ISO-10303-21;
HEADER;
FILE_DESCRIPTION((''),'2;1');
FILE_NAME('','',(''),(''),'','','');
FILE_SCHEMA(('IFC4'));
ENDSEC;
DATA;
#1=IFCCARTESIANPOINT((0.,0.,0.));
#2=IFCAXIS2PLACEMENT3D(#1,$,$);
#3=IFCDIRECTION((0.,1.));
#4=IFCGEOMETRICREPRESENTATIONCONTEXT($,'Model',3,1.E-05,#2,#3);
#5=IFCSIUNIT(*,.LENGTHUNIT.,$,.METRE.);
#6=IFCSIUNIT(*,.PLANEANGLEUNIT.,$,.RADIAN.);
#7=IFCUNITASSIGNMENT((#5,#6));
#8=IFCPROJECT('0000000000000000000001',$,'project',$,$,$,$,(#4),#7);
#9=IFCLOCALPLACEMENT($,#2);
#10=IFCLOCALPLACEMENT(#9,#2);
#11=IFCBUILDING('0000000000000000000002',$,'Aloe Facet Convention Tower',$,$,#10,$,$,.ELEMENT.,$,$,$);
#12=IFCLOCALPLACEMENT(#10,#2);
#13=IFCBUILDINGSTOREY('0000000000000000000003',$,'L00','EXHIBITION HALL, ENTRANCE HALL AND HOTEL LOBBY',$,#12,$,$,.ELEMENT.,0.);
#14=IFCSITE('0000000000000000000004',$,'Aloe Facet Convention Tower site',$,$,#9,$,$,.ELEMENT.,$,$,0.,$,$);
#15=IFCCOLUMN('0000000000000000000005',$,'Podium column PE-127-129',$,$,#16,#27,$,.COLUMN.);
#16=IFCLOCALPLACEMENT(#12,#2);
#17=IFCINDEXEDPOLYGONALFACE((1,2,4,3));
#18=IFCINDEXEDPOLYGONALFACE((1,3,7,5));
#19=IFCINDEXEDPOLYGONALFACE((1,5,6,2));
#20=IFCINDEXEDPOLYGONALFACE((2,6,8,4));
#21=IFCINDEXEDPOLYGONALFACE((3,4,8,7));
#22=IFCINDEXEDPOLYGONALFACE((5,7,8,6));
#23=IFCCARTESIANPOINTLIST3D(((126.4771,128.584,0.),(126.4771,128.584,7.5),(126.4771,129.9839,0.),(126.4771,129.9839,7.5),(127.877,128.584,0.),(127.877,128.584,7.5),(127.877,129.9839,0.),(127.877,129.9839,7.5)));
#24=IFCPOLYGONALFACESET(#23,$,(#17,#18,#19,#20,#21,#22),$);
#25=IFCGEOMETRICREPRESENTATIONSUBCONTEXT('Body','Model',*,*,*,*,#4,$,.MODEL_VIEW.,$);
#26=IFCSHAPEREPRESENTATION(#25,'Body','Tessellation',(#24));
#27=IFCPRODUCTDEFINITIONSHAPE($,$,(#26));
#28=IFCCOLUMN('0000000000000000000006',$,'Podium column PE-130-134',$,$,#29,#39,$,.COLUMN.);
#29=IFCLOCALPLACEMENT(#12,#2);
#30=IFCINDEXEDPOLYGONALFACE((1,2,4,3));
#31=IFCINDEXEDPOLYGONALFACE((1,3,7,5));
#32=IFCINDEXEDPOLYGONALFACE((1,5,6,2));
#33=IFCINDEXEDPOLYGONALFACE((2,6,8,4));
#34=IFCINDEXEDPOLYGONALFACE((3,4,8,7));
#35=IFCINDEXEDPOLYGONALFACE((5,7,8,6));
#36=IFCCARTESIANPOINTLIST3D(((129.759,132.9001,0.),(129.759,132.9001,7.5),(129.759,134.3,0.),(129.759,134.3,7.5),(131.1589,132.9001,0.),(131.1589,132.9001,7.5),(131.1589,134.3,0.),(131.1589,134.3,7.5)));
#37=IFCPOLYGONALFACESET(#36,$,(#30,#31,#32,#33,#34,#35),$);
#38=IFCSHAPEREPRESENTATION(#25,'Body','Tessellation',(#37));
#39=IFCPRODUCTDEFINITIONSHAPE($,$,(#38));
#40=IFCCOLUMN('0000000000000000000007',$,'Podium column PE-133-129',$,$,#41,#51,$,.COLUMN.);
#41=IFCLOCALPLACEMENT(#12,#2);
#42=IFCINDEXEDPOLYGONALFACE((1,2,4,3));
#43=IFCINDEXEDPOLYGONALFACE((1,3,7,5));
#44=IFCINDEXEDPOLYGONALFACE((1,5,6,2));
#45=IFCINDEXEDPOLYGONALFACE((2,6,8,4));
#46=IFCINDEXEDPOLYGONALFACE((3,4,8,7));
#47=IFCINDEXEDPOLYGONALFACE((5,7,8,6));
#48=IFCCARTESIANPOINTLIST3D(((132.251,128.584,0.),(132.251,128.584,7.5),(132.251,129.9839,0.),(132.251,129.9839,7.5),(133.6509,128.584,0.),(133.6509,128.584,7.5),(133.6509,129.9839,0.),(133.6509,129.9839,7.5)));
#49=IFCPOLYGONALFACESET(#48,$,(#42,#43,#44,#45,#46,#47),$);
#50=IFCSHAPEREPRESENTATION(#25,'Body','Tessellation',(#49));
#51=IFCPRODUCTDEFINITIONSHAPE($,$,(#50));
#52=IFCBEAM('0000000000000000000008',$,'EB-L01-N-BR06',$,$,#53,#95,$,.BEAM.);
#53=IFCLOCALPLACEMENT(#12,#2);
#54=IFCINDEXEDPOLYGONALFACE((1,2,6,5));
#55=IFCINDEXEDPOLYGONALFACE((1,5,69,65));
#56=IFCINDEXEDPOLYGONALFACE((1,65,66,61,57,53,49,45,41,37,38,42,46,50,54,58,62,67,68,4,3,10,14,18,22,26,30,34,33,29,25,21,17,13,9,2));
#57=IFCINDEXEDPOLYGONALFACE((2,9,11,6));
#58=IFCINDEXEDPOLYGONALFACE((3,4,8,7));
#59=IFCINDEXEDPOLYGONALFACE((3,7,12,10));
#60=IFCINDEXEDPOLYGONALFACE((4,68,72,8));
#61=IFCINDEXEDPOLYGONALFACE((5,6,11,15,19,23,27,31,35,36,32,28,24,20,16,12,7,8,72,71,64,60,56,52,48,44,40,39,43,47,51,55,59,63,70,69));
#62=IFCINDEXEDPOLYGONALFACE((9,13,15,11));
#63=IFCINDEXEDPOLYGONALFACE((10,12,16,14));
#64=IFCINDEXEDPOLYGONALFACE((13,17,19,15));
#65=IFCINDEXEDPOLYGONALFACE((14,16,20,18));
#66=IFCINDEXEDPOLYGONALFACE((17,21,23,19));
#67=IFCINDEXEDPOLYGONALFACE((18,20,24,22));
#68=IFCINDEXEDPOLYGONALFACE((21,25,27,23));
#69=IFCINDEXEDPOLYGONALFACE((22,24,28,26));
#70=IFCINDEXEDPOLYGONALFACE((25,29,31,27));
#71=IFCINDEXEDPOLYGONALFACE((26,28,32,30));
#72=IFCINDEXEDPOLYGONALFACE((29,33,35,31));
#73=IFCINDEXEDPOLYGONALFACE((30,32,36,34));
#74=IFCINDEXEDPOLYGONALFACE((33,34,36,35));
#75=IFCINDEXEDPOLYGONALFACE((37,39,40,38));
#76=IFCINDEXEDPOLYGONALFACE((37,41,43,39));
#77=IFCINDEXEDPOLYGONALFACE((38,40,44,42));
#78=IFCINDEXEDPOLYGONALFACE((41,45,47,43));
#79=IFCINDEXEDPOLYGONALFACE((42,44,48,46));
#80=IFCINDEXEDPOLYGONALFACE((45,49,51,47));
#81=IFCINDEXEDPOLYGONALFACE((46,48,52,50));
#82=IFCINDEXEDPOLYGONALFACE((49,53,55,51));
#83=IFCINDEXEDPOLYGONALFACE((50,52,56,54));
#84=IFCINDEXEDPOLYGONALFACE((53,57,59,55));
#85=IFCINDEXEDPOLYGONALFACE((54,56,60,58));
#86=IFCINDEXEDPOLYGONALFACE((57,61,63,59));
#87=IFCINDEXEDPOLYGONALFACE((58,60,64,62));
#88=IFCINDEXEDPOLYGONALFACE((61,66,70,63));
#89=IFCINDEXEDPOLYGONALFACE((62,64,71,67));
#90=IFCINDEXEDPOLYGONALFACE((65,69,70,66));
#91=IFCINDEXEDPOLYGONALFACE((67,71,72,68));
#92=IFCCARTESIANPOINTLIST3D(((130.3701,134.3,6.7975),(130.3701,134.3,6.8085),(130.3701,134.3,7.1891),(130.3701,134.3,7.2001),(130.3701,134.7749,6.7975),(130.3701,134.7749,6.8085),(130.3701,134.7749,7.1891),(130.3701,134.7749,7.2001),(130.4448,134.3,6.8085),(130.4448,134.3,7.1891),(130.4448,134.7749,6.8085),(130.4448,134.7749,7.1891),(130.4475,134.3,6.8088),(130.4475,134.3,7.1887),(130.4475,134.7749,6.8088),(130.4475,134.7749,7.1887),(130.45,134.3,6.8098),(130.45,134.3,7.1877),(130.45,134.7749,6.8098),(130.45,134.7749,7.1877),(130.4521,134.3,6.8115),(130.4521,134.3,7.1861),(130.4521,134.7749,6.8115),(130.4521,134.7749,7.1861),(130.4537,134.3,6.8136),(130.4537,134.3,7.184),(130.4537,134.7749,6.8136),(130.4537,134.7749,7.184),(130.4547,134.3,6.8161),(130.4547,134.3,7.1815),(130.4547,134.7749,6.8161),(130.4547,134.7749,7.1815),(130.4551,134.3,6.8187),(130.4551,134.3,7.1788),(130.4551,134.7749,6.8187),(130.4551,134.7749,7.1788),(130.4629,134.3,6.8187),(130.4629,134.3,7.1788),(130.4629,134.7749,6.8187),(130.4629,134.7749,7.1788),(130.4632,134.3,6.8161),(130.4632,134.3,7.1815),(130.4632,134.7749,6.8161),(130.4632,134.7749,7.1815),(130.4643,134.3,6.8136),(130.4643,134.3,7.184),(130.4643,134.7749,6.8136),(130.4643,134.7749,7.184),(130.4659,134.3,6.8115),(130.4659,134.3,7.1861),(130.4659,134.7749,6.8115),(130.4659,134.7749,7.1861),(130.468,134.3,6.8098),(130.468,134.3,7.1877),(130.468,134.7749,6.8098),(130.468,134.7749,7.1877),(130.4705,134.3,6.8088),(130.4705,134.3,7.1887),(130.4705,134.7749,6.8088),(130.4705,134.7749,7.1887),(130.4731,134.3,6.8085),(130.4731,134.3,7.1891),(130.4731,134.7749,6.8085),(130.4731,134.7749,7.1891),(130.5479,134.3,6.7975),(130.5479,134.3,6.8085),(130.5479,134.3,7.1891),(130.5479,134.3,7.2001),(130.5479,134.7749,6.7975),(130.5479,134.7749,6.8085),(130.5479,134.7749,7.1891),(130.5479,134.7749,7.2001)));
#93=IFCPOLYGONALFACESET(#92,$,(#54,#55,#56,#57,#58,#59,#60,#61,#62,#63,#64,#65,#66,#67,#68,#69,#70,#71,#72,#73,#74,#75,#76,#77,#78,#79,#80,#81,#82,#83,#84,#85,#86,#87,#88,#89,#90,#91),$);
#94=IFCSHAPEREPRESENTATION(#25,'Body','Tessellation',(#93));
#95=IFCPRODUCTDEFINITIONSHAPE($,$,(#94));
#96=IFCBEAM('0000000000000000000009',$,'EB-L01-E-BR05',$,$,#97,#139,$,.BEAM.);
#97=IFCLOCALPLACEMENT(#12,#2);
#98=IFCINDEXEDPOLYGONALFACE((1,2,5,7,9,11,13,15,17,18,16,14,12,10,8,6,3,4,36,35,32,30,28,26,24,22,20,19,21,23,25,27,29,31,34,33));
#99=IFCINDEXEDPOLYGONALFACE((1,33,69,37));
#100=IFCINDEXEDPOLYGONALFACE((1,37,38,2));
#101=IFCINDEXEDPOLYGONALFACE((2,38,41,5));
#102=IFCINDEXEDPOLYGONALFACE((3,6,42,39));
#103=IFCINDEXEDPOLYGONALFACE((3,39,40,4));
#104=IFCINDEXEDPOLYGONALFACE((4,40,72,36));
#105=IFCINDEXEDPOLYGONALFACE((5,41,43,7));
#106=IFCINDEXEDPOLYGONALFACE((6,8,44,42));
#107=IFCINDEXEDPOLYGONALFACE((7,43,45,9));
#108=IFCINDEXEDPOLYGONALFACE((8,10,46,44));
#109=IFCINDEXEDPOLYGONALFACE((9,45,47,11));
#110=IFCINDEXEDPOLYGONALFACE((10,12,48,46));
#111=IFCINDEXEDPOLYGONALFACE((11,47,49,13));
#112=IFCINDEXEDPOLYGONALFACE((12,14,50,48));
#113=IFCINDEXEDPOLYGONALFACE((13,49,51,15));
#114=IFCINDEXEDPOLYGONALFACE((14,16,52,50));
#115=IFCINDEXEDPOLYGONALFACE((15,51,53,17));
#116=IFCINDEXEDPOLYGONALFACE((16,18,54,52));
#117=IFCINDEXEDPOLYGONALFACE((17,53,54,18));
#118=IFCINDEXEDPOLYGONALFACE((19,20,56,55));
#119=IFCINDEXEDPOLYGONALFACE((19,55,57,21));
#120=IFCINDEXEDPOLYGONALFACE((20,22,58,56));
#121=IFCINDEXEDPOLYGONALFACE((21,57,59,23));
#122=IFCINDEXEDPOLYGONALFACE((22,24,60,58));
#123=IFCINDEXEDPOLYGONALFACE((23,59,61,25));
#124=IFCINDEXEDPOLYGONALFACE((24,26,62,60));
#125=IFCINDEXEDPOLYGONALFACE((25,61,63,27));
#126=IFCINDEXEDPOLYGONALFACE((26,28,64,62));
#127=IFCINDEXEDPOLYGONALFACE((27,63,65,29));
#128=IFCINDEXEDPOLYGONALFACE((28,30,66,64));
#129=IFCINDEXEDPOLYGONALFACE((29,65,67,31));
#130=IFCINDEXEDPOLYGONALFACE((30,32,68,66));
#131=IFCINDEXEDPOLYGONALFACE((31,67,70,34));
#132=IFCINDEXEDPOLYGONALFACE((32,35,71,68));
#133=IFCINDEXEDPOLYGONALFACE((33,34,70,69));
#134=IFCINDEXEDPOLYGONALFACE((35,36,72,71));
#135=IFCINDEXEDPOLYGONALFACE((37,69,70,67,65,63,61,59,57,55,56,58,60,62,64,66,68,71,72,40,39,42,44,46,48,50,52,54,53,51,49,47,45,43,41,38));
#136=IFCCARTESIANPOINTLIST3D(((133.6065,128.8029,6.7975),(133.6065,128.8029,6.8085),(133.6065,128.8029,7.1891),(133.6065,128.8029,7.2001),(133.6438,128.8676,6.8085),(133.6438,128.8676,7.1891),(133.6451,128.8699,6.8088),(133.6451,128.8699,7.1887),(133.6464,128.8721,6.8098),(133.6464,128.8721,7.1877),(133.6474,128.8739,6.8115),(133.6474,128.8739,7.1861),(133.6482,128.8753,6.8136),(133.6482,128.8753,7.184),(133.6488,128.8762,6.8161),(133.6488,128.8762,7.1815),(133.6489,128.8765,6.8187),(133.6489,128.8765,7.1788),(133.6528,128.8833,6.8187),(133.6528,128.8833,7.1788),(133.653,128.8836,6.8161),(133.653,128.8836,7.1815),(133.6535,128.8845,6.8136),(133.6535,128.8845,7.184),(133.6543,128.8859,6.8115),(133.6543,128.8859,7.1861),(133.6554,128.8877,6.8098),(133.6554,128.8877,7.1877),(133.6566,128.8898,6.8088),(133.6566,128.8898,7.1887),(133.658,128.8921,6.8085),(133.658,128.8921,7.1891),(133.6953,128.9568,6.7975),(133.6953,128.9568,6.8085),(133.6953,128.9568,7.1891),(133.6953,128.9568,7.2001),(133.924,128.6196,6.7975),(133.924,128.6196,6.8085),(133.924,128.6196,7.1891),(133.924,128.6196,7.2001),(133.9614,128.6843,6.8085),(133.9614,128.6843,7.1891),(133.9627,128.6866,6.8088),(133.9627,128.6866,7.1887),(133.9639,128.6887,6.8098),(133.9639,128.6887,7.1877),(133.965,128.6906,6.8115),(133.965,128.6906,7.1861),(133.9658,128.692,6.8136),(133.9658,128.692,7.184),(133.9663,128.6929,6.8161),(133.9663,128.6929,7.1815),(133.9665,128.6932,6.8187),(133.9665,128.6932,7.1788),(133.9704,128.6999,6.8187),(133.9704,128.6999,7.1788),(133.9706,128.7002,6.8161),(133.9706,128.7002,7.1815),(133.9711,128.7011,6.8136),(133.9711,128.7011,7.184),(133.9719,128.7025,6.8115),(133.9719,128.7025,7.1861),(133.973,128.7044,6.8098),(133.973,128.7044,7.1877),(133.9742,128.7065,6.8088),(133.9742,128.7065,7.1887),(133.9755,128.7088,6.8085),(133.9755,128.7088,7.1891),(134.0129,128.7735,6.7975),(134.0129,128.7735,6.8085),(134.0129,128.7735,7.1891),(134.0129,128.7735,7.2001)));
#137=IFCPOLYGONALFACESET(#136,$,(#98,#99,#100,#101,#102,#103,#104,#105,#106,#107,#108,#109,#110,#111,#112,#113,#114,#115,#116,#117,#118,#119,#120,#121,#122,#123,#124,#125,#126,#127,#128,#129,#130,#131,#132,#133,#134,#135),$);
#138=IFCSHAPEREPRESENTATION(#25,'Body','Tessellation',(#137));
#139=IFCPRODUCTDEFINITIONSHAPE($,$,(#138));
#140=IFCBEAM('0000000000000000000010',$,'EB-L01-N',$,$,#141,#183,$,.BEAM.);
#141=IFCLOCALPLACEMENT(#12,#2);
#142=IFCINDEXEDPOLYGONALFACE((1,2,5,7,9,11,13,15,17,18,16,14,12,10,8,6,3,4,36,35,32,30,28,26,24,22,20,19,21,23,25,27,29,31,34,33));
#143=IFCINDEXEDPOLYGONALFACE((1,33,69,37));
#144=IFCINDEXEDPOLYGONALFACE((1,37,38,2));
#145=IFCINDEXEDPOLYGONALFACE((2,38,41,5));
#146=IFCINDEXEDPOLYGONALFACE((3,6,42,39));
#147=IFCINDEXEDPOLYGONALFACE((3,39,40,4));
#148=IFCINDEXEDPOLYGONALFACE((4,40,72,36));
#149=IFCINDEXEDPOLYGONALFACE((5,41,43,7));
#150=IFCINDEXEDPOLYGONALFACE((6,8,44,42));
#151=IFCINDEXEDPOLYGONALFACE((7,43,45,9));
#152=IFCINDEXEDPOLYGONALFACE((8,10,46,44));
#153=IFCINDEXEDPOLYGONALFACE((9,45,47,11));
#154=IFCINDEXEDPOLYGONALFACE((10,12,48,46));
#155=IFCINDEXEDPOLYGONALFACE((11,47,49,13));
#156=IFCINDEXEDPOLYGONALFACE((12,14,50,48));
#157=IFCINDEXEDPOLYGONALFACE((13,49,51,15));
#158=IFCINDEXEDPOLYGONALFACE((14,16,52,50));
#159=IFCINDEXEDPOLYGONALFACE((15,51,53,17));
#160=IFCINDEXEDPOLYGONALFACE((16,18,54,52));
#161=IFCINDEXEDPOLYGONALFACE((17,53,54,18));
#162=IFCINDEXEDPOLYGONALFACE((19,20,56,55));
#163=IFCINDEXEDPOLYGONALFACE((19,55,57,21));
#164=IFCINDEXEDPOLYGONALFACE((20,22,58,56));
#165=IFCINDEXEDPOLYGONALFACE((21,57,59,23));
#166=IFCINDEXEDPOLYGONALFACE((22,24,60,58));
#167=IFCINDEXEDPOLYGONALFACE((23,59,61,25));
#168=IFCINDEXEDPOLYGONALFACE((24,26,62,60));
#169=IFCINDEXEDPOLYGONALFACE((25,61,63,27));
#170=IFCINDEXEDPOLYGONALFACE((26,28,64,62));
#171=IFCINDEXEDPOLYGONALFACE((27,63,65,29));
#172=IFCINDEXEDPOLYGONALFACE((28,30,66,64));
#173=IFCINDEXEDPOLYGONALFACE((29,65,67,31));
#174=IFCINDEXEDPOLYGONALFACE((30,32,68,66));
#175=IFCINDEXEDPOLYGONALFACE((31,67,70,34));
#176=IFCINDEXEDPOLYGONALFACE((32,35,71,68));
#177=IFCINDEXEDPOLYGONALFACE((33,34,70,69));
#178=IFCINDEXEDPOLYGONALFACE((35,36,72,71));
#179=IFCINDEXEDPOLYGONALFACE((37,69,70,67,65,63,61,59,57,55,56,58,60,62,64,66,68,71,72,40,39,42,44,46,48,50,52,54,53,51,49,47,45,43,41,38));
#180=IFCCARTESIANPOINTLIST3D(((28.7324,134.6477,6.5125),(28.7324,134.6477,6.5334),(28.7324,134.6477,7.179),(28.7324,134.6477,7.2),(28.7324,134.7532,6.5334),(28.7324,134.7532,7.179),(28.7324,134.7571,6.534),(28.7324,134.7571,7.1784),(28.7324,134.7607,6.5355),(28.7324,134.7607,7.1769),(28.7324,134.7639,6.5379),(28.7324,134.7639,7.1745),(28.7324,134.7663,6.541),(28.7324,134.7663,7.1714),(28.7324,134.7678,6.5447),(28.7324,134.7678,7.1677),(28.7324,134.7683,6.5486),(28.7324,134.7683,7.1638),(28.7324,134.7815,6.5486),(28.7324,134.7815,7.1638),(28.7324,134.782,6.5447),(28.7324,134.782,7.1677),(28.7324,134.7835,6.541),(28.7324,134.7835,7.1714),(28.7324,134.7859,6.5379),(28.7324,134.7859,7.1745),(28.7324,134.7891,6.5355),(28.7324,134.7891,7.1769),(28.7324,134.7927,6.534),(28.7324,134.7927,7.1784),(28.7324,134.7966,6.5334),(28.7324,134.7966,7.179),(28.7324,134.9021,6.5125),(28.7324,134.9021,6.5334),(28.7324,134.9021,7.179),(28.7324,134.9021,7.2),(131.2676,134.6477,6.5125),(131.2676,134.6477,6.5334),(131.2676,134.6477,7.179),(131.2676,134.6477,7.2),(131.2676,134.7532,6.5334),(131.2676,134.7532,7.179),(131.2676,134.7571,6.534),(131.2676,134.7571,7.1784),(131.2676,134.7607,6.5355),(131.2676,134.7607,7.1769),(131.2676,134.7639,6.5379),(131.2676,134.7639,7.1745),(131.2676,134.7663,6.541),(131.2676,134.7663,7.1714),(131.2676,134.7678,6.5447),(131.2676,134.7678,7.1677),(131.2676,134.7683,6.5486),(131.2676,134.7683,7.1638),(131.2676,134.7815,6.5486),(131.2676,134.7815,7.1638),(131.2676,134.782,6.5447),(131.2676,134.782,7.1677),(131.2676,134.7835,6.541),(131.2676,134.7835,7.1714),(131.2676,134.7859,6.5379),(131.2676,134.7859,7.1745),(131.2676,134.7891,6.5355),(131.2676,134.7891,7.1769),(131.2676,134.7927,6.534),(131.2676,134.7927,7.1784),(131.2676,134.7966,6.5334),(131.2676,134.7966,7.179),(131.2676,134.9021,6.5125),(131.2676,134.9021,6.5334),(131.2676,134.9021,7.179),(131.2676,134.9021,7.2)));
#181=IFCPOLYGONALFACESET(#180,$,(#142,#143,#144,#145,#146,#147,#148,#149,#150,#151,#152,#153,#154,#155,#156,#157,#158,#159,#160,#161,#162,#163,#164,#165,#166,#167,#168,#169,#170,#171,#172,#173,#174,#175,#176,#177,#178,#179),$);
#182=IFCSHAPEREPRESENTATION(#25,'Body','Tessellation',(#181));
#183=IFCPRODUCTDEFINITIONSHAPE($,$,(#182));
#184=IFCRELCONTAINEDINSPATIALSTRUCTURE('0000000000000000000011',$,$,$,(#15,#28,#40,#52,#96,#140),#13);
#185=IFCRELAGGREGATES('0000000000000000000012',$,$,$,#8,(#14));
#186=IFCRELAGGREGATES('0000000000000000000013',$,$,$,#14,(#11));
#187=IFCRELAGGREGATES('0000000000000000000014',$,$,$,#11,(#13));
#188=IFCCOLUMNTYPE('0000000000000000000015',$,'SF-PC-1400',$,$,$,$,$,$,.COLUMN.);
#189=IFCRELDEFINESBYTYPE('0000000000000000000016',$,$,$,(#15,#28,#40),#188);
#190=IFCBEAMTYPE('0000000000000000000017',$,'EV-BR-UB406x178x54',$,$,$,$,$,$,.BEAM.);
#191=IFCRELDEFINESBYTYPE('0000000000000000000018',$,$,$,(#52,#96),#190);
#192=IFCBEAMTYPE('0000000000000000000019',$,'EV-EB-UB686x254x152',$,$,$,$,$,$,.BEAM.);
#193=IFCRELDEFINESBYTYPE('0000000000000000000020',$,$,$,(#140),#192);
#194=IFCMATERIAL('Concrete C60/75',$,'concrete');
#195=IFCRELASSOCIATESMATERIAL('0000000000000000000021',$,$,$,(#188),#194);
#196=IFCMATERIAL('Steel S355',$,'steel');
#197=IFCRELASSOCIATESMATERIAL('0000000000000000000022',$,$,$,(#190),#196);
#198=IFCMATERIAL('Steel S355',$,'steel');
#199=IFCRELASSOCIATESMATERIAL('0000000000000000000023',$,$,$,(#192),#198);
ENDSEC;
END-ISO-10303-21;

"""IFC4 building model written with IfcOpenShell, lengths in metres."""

from ifc_helpers import new_model, si_unit, direction, frame, origin, origin_2d, place, context, subcontext, project, spatial, rectangle, i_section, extrude, material, material_profile, profile_set, type_object, element, save


model = new_model("IFC4")

# Units and contexts
model_context = context("Model", 3, precision=1e-05, world=origin(), true_north=direction((0.0, 1.0)))
body_context = subcontext(model_context, "Body", "Model", "MODEL_VIEW")
ifc_project = project(units=[si_unit("LENGTHUNIT", "METRE"), si_unit("PLANEANGLEUNIT", "RADIAN")], contexts=[model_context])

# Site, building, storey
site_placement = place(None, origin())
site = spatial("IfcSite", under=ifc_project, at=site_placement, Name="Aloe Facet Convention Tower site", CompositionType="ELEMENT", RefElevation=0.0)
building_placement = place(site_placement, origin())
building = spatial("IfcBuilding", under=site, at=building_placement, Name="Aloe Facet Convention Tower", CompositionType="ELEMENT")
storey_placement = place(building_placement, origin())
storey = spatial("IfcBuildingStorey", under=building, at=storey_placement, Name="L00", Description="EXHIBITION HALL, ENTRANCE HALL AND HOTEL LOBBY", CompositionType="ELEMENT", Elevation=0.0)

# Columns
ifc_material_1 = material(Name="Concrete C60/75", Category="concrete")
ifc_material_profile_1 = material_profile(ifc_material_1, rectangle(XDim=1.3999, YDim=1.3999, at=origin_2d()), Name="SF-PC-1400")
ifc_profile_set_1 = profile_set([ifc_material_profile_1], Name="Concrete C60/75")
column_type = type_object("IfcColumnType", Name="SF-PC-1400", PredefinedType="COLUMN", material=ifc_profile_set_1)
for number, where, z_axis, x_axis, name in (
    (1, (127.177, 129.2839, 0.0), (0.0, 0.0, 1.0), (1.0, 0.0, 0.0), "Podium column PE-127-129"),
    (2, (130.459, 133.6001, 0.0), (0.0, 0.0, 1.0), (1.0, 0.0, 0.0), "Podium column PE-130-134"),
    (3, (132.9509, 129.2839, 0.0), (0.0, 0.0, 1.0), (1.0, 0.0, 0.0), "Podium column PE-133-129"),
):
    element("IfcColumn", number, at=place(storey_placement, frame(where, z_axis=z_axis, x_axis=x_axis)), inside=storey, type_object=column_type, Name=name, PredefinedType="COLUMN", context=body_context, shape_type="SweptSolid", body=[
        extrude(rectangle(XDim=1.3999, YDim=1.3999, at=origin_2d()), origin(), (0.0, 0.0, 1.0), 7.5),
    ])

# Beams
ifc_material_2 = material(Name="Steel S355", Category="steel")
ifc_material_profile_2 = material_profile(ifc_material_2, i_section(OverallWidth=0.1777, OverallDepth=0.4026, WebThickness=0.0078, FlangeThickness=0.011, FilletRadius=0.0103, at=origin_2d()), Name="UB 406x178x54")
ifc_profile_set_2 = profile_set([ifc_material_profile_2], Name="Steel S355")
beam_type_1 = type_object("IfcBeamType", Name="EV-BR-UB406x178x54", PredefinedType="BEAM", material=ifc_profile_set_2)
beam_1_placement = place(storey_placement, frame((130.459, 134.3, 6.9988), z_axis=(0.0, 1.0, 0.0), x_axis=(-1.0, 0.0, 0.0)))
element("IfcBeam", 4, at=beam_1_placement, inside=storey, type_object=beam_type_1, Name="EB-L01-N-BR06", PredefinedType="BEAM", context=body_context, shape_type="SweptSolid", body=[
    extrude(i_section(OverallWidth=0.1777, OverallDepth=0.4026, WebThickness=0.0078, FlangeThickness=0.011, FilletRadius=0.0103, at=origin_2d()), origin(), (0.0, 0.0, 1.0), 0.4749),
])
beam_2_placement = place(storey_placement, frame((133.6509, 128.8799, 6.9988), z_axis=(0.866064, -0.499934, 0.0), x_axis=(0.499934, 0.866064, 0.0)))
element("IfcBeam", 5, at=beam_2_placement, inside=storey, type_object=beam_type_1, Name="EB-L01-E-BR05", PredefinedType="BEAM", context=body_context, shape_type="SweptSolid", body=[
    extrude(i_section(OverallWidth=0.1777, OverallDepth=0.4026, WebThickness=0.0078, FlangeThickness=0.011, FilletRadius=0.0103, at=origin_2d()), origin(), (0.0, 0.0, 1.0), 0.3667),
])
ifc_material_3 = material(Name="Steel S355", Category="steel")
ifc_material_profile_3 = material_profile(ifc_material_3, i_section(OverallWidth=0.2544, OverallDepth=0.6875, WebThickness=0.0132, FlangeThickness=0.021, FilletRadius=0.0151, at=origin_2d()), Name="UB 686x254x152")
ifc_profile_set_3 = profile_set([ifc_material_profile_3], Name="Steel S355")
beam_type_2 = type_object("IfcBeamType", Name="EV-EB-UB686x254x152", PredefinedType="BEAM", material=ifc_profile_set_3)
beam_3_placement = place(storey_placement, frame((131.2676, 134.7749, 6.8562), z_axis=(-1.0, 0.0, 0.0), x_axis=(0.0, -1.0, 0.0)))
element("IfcBeam", 6, at=beam_3_placement, inside=storey, type_object=beam_type_2, Name="EB-L01-N", PredefinedType="BEAM", context=body_context, shape_type="SweptSolid", body=[
    extrude(i_section(OverallWidth=0.2544, OverallDepth=0.6875, WebThickness=0.0132, FlangeThickness=0.021, FilletRadius=0.0151, at=origin_2d()), origin(), (0.0, 0.0, 1.0), 102.5352),
])

save(model, "model.ifc")
